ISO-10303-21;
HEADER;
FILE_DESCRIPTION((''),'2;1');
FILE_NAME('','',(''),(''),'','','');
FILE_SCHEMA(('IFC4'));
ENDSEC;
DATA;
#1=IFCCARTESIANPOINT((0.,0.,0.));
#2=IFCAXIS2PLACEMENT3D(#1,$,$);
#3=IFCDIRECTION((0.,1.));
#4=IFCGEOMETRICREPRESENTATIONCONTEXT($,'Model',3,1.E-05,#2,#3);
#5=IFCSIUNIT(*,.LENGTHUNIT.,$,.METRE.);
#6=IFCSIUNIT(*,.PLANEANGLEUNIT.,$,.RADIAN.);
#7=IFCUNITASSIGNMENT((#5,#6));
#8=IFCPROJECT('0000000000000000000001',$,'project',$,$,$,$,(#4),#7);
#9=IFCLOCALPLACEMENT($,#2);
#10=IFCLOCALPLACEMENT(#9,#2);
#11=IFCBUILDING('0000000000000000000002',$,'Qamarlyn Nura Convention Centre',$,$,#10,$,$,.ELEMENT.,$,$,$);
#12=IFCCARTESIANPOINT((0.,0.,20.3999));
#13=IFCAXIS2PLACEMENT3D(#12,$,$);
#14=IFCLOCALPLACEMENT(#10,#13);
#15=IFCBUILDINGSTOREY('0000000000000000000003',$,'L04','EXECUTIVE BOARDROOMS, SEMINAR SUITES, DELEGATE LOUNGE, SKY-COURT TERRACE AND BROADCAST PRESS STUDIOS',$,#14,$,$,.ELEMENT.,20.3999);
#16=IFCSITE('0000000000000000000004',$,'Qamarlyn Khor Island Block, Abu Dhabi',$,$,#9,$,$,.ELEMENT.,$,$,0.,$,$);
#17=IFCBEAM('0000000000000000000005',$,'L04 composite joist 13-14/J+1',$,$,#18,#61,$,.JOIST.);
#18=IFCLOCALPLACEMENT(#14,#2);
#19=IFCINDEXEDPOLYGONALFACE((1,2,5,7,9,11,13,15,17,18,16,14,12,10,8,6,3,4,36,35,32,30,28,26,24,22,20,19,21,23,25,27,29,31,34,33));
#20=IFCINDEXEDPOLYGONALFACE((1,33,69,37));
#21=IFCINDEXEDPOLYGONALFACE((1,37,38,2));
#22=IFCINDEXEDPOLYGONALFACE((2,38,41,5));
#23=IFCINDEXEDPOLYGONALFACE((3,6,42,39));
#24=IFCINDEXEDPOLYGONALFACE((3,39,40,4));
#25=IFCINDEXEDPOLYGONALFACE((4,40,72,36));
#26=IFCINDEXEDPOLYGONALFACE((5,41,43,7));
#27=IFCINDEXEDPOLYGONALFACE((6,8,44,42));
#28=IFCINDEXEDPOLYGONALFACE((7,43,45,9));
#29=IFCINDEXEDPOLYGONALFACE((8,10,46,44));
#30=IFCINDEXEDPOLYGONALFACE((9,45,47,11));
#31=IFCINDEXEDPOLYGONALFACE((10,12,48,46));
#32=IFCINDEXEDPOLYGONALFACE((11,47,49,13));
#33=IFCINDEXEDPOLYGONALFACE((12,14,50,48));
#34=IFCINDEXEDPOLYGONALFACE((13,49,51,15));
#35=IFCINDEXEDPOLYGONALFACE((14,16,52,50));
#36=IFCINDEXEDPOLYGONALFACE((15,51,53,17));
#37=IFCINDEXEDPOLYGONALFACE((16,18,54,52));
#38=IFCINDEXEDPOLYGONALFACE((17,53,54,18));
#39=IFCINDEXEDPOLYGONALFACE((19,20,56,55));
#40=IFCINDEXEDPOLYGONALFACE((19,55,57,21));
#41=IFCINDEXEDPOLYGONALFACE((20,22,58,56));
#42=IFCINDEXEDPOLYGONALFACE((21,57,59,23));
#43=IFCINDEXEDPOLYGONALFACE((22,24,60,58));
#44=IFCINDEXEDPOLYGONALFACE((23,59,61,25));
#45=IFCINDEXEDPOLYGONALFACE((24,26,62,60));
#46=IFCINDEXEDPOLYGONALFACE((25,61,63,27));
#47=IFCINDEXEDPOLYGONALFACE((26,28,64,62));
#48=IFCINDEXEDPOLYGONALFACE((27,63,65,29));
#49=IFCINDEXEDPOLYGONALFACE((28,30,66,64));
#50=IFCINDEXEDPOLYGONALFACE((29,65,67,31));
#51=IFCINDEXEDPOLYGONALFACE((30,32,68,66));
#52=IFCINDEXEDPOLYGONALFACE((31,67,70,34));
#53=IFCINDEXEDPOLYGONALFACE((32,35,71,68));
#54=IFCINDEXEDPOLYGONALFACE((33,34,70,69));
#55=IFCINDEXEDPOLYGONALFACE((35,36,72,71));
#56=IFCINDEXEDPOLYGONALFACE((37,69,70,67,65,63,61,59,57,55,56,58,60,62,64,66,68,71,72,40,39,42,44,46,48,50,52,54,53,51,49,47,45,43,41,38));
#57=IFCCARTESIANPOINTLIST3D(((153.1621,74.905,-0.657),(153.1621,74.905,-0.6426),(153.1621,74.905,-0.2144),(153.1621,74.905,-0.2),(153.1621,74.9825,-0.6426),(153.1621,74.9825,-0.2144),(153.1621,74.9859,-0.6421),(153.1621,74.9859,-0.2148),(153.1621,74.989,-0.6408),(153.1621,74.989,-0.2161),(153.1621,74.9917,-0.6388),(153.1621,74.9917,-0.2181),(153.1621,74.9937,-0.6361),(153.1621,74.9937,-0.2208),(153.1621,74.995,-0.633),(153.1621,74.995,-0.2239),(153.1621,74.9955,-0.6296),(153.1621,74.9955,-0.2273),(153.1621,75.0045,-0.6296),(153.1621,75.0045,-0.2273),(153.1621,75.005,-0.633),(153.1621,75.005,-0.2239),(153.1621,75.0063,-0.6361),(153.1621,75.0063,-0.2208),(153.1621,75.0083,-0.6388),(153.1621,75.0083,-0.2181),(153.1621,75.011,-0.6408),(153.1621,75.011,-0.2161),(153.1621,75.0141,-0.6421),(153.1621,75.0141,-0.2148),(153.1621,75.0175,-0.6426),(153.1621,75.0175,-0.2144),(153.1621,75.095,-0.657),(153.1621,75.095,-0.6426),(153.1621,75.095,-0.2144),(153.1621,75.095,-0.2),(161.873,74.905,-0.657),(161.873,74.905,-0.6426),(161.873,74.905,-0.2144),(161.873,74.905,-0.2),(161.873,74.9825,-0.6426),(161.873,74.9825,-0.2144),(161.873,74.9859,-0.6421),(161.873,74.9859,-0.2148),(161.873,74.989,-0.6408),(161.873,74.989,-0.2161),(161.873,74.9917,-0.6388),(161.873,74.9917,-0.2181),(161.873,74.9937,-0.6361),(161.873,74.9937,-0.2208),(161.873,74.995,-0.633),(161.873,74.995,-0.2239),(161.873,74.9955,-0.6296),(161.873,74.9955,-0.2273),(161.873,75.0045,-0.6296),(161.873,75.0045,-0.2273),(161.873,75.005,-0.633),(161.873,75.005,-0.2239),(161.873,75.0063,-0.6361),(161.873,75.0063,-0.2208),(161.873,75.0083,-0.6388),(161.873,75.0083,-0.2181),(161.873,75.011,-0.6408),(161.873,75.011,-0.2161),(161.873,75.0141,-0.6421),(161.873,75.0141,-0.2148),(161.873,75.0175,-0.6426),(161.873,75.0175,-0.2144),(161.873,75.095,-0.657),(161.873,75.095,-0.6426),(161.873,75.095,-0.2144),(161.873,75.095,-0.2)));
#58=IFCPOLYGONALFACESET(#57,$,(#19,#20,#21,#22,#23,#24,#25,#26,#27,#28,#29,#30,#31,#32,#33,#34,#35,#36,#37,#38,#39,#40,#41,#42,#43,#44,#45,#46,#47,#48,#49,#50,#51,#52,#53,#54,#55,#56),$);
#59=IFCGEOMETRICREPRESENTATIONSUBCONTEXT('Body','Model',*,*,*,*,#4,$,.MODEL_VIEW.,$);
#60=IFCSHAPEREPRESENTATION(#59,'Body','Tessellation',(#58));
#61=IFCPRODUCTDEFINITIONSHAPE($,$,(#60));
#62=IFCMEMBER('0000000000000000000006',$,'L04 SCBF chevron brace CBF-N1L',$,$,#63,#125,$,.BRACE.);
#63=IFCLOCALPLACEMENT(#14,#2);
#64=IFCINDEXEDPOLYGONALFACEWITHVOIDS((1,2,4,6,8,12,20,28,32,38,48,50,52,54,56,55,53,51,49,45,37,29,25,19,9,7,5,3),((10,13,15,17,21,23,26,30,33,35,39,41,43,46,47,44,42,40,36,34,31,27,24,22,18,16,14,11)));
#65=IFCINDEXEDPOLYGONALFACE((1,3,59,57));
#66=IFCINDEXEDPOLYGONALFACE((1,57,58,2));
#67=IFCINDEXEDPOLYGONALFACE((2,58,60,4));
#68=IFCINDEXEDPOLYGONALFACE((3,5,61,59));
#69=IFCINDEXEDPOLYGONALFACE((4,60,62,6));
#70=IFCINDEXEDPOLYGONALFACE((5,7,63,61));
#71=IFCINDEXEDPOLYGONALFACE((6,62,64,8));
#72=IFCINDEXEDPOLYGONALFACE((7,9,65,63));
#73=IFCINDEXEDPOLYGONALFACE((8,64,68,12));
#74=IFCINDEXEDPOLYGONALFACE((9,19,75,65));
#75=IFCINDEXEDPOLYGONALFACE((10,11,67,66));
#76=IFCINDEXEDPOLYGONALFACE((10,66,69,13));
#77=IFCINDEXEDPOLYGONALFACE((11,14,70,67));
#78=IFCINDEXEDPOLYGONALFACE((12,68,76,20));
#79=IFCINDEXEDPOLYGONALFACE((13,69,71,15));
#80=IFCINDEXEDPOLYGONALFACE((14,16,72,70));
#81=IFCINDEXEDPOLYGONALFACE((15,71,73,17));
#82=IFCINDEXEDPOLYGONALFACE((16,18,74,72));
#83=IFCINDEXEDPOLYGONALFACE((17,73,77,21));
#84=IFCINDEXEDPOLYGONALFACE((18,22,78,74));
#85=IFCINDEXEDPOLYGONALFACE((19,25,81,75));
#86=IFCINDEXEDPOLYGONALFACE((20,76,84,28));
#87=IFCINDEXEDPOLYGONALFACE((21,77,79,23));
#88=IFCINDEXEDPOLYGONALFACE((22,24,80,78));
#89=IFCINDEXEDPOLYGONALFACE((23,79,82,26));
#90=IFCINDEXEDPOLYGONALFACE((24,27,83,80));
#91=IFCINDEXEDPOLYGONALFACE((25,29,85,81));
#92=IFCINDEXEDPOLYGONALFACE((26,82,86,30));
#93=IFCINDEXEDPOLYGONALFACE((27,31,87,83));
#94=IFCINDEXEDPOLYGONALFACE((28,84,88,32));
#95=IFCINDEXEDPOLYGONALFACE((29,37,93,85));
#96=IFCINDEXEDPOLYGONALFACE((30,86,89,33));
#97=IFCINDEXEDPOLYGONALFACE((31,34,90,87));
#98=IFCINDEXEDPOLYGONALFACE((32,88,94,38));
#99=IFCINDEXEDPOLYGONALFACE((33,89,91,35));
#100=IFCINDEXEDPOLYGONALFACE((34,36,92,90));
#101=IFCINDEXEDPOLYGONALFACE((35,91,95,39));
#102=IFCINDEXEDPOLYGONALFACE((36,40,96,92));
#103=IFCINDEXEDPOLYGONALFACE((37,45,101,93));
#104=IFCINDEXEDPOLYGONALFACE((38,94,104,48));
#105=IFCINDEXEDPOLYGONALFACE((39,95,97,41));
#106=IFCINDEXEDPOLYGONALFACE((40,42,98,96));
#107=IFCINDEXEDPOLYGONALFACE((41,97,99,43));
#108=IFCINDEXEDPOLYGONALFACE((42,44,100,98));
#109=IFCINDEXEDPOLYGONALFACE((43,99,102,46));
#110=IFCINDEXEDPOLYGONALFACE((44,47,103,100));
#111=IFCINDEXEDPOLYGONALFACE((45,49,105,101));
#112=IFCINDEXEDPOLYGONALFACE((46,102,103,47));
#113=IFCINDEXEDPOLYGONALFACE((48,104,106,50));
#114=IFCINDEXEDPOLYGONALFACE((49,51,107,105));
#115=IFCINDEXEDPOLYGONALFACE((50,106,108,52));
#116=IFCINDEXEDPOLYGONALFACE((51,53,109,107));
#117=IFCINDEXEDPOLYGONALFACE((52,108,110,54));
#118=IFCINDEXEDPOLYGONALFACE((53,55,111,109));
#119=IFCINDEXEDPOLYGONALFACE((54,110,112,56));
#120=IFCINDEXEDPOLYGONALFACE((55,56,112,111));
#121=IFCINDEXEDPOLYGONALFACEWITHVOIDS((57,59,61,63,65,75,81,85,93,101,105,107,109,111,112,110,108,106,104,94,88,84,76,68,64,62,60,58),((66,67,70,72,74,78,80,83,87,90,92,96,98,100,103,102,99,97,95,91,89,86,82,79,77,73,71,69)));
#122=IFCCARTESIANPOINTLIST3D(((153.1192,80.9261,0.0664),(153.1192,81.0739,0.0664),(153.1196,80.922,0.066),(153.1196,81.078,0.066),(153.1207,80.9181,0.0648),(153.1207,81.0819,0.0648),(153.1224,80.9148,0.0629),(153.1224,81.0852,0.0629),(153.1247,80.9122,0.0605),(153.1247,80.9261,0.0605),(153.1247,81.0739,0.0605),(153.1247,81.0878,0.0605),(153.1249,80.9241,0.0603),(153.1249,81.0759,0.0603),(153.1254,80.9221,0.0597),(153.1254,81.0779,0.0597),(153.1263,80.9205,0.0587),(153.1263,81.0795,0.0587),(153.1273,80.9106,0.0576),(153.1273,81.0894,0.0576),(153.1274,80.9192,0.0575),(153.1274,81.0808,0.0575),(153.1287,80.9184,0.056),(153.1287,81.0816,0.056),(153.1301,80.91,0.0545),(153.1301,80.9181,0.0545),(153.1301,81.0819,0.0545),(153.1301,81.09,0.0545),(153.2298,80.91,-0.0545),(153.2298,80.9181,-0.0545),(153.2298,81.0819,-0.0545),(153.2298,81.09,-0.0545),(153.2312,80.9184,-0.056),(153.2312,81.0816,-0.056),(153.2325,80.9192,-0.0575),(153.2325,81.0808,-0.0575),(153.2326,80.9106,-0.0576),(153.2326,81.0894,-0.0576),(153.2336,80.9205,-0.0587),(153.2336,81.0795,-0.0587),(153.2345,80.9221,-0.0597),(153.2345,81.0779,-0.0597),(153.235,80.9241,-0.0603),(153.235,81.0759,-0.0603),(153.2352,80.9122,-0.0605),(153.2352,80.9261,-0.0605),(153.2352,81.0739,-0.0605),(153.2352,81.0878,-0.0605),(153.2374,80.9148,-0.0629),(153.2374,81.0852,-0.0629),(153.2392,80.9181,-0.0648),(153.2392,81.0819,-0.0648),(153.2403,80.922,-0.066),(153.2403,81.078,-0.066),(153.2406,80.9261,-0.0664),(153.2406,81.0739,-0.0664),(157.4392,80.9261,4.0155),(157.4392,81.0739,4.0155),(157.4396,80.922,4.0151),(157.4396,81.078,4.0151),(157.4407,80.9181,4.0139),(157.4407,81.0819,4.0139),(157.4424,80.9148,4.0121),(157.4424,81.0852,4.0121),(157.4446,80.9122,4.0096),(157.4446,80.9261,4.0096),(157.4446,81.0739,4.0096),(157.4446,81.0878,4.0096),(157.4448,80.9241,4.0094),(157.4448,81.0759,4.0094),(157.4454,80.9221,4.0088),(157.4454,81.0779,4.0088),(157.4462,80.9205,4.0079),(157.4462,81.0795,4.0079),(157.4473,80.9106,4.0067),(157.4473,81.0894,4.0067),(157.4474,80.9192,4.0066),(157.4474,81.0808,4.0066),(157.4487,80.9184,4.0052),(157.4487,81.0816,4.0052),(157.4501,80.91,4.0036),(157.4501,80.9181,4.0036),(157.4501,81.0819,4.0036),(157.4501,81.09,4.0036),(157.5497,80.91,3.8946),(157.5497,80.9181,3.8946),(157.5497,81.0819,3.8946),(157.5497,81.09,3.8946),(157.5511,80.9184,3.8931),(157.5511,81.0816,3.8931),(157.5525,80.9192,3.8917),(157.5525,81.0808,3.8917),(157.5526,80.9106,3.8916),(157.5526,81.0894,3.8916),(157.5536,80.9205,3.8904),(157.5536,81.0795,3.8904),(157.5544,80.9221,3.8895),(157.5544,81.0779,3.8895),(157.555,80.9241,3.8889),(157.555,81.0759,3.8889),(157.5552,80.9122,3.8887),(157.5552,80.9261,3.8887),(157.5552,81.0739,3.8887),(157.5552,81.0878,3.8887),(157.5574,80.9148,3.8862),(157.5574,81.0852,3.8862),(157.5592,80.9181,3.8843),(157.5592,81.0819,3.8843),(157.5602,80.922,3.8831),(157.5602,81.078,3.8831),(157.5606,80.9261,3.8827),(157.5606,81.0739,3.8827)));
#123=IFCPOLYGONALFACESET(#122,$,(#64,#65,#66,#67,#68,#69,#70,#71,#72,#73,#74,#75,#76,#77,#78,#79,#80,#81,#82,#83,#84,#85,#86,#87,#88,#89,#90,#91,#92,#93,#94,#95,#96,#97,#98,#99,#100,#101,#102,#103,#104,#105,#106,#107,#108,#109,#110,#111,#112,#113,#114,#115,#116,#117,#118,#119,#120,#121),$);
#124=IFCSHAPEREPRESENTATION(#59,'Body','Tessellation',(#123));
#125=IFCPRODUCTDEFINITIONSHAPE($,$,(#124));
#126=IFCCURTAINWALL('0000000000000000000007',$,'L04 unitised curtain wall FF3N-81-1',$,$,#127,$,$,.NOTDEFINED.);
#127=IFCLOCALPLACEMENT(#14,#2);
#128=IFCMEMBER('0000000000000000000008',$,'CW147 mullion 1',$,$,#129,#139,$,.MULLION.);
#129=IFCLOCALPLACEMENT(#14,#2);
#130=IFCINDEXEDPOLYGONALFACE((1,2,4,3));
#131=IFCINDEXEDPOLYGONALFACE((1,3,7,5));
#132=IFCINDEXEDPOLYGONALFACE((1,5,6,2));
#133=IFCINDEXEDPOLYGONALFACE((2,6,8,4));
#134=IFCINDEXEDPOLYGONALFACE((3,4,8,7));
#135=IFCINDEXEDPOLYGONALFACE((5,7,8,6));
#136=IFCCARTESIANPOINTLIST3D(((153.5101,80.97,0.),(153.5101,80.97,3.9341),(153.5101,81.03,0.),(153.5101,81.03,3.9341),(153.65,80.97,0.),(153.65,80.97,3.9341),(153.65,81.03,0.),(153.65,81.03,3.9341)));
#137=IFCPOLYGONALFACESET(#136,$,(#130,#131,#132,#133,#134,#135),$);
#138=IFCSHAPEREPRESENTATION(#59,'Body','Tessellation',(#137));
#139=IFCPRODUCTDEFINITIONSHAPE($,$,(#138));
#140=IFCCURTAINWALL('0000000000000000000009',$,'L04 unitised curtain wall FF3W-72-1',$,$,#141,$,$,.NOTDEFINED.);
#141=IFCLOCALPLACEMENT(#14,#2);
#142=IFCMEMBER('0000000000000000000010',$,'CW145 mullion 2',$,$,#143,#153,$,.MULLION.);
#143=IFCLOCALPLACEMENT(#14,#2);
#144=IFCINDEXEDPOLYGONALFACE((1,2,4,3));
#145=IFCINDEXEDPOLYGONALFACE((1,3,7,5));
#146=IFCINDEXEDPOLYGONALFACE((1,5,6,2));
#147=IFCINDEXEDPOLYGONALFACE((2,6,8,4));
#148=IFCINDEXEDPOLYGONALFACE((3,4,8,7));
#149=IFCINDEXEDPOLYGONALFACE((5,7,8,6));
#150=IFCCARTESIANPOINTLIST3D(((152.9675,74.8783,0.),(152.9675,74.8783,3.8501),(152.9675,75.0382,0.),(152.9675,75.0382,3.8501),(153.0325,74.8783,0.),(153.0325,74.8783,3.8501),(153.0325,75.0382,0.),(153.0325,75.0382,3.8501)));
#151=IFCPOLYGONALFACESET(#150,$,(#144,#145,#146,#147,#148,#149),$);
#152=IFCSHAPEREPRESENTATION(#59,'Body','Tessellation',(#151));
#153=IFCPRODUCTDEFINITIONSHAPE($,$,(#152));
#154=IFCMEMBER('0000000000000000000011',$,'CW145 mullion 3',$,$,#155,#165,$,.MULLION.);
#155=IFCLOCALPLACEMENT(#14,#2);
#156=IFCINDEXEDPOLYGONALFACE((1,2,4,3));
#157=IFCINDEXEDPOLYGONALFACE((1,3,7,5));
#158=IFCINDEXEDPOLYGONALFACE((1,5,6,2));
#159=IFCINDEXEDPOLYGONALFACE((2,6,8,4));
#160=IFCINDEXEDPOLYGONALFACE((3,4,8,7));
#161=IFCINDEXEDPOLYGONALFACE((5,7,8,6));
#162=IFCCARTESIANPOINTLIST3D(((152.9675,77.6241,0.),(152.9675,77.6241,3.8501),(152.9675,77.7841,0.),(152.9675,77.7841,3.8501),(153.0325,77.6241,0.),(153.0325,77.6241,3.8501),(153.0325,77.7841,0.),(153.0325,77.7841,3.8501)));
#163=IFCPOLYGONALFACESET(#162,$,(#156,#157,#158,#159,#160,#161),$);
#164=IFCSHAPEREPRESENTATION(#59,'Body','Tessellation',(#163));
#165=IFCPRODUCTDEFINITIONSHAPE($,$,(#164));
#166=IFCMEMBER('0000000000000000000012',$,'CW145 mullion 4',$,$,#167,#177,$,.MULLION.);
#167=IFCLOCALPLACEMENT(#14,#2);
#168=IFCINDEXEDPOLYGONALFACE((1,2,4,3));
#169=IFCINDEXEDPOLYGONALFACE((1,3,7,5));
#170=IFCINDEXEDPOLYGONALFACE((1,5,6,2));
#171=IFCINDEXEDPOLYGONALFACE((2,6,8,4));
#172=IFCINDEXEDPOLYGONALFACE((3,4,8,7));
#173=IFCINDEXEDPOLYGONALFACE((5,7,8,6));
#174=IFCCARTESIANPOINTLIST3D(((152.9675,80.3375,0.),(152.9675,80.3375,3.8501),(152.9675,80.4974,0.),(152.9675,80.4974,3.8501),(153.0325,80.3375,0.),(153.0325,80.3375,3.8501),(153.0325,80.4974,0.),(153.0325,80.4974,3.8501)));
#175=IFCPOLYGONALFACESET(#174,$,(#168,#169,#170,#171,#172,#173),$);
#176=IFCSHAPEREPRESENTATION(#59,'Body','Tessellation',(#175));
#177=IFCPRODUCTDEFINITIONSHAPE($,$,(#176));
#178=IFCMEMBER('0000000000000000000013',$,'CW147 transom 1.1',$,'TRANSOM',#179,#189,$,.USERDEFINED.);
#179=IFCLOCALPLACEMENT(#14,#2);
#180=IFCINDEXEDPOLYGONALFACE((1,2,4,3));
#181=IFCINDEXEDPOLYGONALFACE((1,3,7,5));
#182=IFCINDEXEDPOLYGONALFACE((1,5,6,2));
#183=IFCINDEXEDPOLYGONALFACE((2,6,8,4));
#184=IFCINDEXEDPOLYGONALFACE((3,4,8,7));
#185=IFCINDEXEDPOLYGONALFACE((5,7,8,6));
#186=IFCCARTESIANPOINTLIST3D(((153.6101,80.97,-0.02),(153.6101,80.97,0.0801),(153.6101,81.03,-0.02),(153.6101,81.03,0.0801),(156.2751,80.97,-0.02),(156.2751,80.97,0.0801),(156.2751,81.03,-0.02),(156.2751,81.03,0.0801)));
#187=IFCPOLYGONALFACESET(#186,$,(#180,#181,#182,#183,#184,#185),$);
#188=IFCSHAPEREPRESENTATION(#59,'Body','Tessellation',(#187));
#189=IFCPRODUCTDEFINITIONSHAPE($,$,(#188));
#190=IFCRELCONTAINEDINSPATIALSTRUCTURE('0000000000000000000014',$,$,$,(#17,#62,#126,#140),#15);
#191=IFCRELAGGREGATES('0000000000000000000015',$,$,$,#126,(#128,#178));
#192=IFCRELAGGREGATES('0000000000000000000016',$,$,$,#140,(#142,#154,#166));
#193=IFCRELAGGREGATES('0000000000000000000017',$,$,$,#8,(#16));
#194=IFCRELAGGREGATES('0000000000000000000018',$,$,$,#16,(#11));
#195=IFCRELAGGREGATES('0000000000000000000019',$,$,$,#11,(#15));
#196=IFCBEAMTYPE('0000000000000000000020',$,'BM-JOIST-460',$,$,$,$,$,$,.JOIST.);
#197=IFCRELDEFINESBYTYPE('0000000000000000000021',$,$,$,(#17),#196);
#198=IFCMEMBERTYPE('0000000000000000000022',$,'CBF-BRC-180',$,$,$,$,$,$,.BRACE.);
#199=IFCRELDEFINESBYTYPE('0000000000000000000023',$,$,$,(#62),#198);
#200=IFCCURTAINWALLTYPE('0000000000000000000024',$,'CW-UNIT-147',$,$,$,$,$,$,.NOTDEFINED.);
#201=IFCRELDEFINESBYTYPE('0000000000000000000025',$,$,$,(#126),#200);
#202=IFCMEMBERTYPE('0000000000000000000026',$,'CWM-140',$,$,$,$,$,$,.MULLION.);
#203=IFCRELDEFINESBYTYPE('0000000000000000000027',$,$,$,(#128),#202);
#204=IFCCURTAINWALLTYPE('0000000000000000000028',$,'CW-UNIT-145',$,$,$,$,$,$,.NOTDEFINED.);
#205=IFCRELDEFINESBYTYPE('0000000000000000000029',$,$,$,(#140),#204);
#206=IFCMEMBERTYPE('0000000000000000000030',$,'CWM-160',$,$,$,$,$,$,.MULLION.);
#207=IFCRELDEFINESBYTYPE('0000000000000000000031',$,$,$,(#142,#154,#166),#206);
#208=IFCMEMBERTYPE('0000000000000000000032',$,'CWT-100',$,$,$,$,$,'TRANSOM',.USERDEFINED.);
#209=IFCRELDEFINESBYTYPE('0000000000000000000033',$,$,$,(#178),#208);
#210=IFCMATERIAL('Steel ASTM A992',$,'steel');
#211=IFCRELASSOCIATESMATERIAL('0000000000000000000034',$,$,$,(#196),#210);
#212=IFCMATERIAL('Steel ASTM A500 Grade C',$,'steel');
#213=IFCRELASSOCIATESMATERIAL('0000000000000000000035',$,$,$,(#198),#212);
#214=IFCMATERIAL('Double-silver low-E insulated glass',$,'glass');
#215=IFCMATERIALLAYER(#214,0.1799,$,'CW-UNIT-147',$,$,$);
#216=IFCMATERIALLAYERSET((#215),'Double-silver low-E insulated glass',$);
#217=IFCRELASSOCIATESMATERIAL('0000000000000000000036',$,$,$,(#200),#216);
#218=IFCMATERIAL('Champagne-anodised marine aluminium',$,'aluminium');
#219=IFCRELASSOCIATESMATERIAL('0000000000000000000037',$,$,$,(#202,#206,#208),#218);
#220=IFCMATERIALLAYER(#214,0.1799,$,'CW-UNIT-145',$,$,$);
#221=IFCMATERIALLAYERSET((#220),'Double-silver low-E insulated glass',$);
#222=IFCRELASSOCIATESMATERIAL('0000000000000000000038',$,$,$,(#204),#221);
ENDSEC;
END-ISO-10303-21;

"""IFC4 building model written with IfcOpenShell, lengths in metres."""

from ifc_helpers import new_model, si_unit, direction, frame, origin, origin_2d, place, context, subcontext, project, spatial, rectangle, hollow_rectangle, i_section, extrude, material, layer, layer_set, material_profile, profile_set, type_object, element, aggregate, save


model = new_model("IFC4")

# Units and contexts
model_context = context("Model", 3, precision=1e-05, world=origin(), true_north=direction((0.0, 1.0)))
body_context = subcontext(model_context, "Body", "Model", "MODEL_VIEW")
ifc_project = project(units=[si_unit("LENGTHUNIT", "METRE"), si_unit("PLANEANGLEUNIT", "RADIAN")], contexts=[model_context])

# Site, building, storey
site_placement = place(None, origin())
site = spatial("IfcSite", under=ifc_project, at=site_placement, Name="Qamarlyn Khor Island Block, Abu Dhabi", CompositionType="ELEMENT", RefElevation=0.0)
building_placement = place(site_placement, origin())
building = spatial("IfcBuilding", under=site, at=building_placement, Name="Qamarlyn Nura Convention Centre", CompositionType="ELEMENT")
storey_placement = place(building_placement, frame((0.0, 0.0, 20.3999)))
storey = spatial("IfcBuildingStorey", under=building, at=storey_placement, Name="L04", Description="EXECUTIVE BOARDROOMS, SEMINAR SUITES, DELEGATE LOUNGE, SKY-COURT TERRACE AND BROADCAST PRESS STUDIOS", CompositionType="ELEMENT", Elevation=20.3999)

# Beam
ifc_material_1 = material(Name="Steel ASTM A992", Category="steel")
ifc_material_profile_1 = material_profile(ifc_material_1, i_section(OverallWidth=0.1899, OverallDepth=0.457, WebThickness=0.009, FlangeThickness=0.0144, FilletRadius=0.0129, at=origin_2d()), Name="W460X74")
ifc_profile_set_1 = profile_set([ifc_material_profile_1], Name="Steel ASTM A992")
beam_type = type_object("IfcBeamType", Name="BM-JOIST-460", PredefinedType="JOIST", material=ifc_profile_set_1)
beam_placement = place(storey_placement, frame((153.1621, 75.0, -0.4285), z_axis=(1.0, 0.0, 0.0), x_axis=(0.0, 1.0, 0.0)))
element("IfcBeam", 1, at=beam_placement, inside=storey, type_object=beam_type, Name="L04 composite joist 13-14/J+1", PredefinedType="JOIST", context=body_context, shape_type="SweptSolid", body=[
    extrude(i_section(OverallWidth=0.1899, OverallDepth=0.457, WebThickness=0.009, FlangeThickness=0.0144, FilletRadius=0.0129, at=origin_2d()), origin(), (0.0, 0.0, 1.0), 8.7109),
])

# Member
ifc_material_2 = material(Name="Steel ASTM A500 Grade C", Category="steel")
ifc_material_profile_2 = material_profile(ifc_material_2, hollow_rectangle(XDim=0.1799, YDim=0.1799, WallThickness=0.0081, InnerFilletRadius=0.0081, OuterFilletRadius=0.0161, at=origin_2d()), Name="HSS180X180X8")
ifc_profile_set_2 = profile_set([ifc_material_profile_2], Name="Steel ASTM A500 Grade C")
member_type_1 = type_object("IfcMemberType", Name="CBF-BRC-180", PredefinedType="BRACE", material=ifc_profile_set_2)
member_1_placement = place(storey_placement, frame((153.1799, 81.0, 0.0), z_axis=(0.738076, 0.0, 0.674717), x_axis=(0.0, 1.0, 0.0)))
element("IfcMember", 2, at=member_1_placement, inside=storey, type_object=member_type_1, Name="L04 SCBF chevron brace CBF-N1L", PredefinedType="BRACE", context=body_context, shape_type="SweptSolid", body=[
    extrude(hollow_rectangle(XDim=0.1799, YDim=0.1799, WallThickness=0.0081, InnerFilletRadius=0.0081, OuterFilletRadius=0.0161, at=origin_2d()), origin(), (0.0, 0.0, 1.0), 5.853),
])

# Curtain wall, member
ifc_material_3 = material(Name="Double-silver low-E insulated glass", Category="glass")
ifc_layer_1 = layer(ifc_material_3, 0.1799, Name="CW-UNIT-147")
ifc_layer_set_1 = layer_set([ifc_layer_1], Name="Double-silver low-E insulated glass")
curtain_wall_type_1 = type_object("IfcCurtainWallType", Name="CW-UNIT-147", PredefinedType="NOTDEFINED", material=ifc_layer_set_1)
curtain_wall_1_placement = place(storey_placement, origin())
curtain_wall_1 = element("IfcCurtainWall", 3, at=curtain_wall_1_placement, inside=storey, type_object=curtain_wall_type_1, Name="L04 unitised curtain wall FF3N-81-1", PredefinedType="NOTDEFINED")
ifc_material_4 = material(Name="Champagne-anodised marine aluminium", Category="aluminium")
ifc_material_profile_3 = material_profile(ifc_material_4, rectangle(XDim=0.0601, YDim=0.1399, at=origin_2d()), Name="ALU MULLION 60x140")
ifc_profile_set_3 = profile_set([ifc_material_profile_3], Name="Champagne-anodised marine aluminium")
member_type_2 = type_object("IfcMemberType", Name="CWM-140", PredefinedType="MULLION", material=ifc_profile_set_3)
member_2_placement = place(storey_placement, frame((153.5801, 81.0, 0.0), z_axis=(0.0, 0.0, 1.0), x_axis=(0.0, 1.0, 0.0)))
member_2 = element("IfcMember", 4, at=member_2_placement, type_object=member_type_2, Name="CW147 mullion 1", PredefinedType="MULLION", context=body_context, shape_type="SweptSolid", body=[
    extrude(rectangle(XDim=0.0601, YDim=0.1399, at=origin_2d()), origin(), (0.0, 0.0, 1.0), 3.9341),
])

# Curtain wall, members
ifc_layer_2 = layer(ifc_material_3, 0.1799, Name="CW-UNIT-145")
ifc_layer_set_2 = layer_set([ifc_layer_2], Name="Double-silver low-E insulated glass")
curtain_wall_type_2 = type_object("IfcCurtainWallType", Name="CW-UNIT-145", PredefinedType="NOTDEFINED", material=ifc_layer_set_2)
curtain_wall_2_placement = place(storey_placement, origin())
curtain_wall_2 = element("IfcCurtainWall", 5, at=curtain_wall_2_placement, inside=storey, type_object=curtain_wall_type_2, Name="L04 unitised curtain wall FF3W-72-1", PredefinedType="NOTDEFINED")
ifc_material_profile_4 = material_profile(ifc_material_4, rectangle(XDim=0.0649, YDim=0.1599, at=origin_2d()), Name="ALU MULLION 65x160")
ifc_profile_set_4 = profile_set([ifc_material_profile_4], Name="Champagne-anodised marine aluminium")
member_type_3 = type_object("IfcMemberType", Name="CWM-160", PredefinedType="MULLION", material=ifc_profile_set_4)
member_3_placement = place(storey_placement, frame((153.0, 74.9583, 0.0), z_axis=(0.0, 0.0, 1.0), x_axis=(-1.0, 0.0, 0.0)))
member_3 = element("IfcMember", 6, at=member_3_placement, type_object=member_type_3, Name="CW145 mullion 2", PredefinedType="MULLION", context=body_context, shape_type="SweptSolid", body=[
    extrude(rectangle(XDim=0.0649, YDim=0.1599, at=origin_2d()), origin(), (0.0, 0.0, 1.0), 3.8501),
])
member_4_placement = place(storey_placement, frame((153.0, 77.7041, 0.0), z_axis=(0.0, 0.0, 1.0), x_axis=(-1.0, 0.0, 0.0)))
member_4 = element("IfcMember", 7, at=member_4_placement, type_object=member_type_3, Name="CW145 mullion 3", PredefinedType="MULLION", context=body_context, shape_type="SweptSolid", body=[
    extrude(rectangle(XDim=0.0649, YDim=0.1599, at=origin_2d()), origin(), (0.0, 0.0, 1.0), 3.8501),
])
member_5_placement = place(storey_placement, frame((153.0, 80.4175, 0.0), z_axis=(0.0, 0.0, 1.0), x_axis=(-1.0, 0.0, 0.0)))
member_5 = element("IfcMember", 8, at=member_5_placement, type_object=member_type_3, Name="CW145 mullion 4", PredefinedType="MULLION", context=body_context, shape_type="SweptSolid", body=[
    extrude(rectangle(XDim=0.0649, YDim=0.1599, at=origin_2d()), origin(), (0.0, 0.0, 1.0), 3.8501),
])

# Member
ifc_material_profile_5 = material_profile(ifc_material_4, rectangle(XDim=0.0601, YDim=0.1001, at=origin_2d()), Name="ALU TRANSOM 60x100")
ifc_profile_set_5 = profile_set([ifc_material_profile_5], Name="Champagne-anodised marine aluminium")
member_type_4 = type_object("IfcMemberType", Name="CWT-100", ElementType="TRANSOM", PredefinedType="USERDEFINED", material=ifc_profile_set_5)
member_6_placement = place(storey_placement, frame((153.6101, 81.0, 0.03), z_axis=(1.0, 0.0, 0.0), x_axis=(0.0, 1.0, 0.0)))
member_6 = element("IfcMember", 9, at=member_6_placement, type_object=member_type_4, Name="CW147 transom 1.1", ObjectType="TRANSOM", PredefinedType="USERDEFINED", context=body_context, shape_type="SweptSolid", body=[
    extrude(rectangle(XDim=0.0601, YDim=0.1001, at=origin_2d()), origin(), (0.0, 0.0, 1.0), 2.665),
])

aggregate(curtain_wall_1, [member_2, member_6])
aggregate(curtain_wall_2, [member_3, member_4, member_5])

save(model, "model.ifc")
